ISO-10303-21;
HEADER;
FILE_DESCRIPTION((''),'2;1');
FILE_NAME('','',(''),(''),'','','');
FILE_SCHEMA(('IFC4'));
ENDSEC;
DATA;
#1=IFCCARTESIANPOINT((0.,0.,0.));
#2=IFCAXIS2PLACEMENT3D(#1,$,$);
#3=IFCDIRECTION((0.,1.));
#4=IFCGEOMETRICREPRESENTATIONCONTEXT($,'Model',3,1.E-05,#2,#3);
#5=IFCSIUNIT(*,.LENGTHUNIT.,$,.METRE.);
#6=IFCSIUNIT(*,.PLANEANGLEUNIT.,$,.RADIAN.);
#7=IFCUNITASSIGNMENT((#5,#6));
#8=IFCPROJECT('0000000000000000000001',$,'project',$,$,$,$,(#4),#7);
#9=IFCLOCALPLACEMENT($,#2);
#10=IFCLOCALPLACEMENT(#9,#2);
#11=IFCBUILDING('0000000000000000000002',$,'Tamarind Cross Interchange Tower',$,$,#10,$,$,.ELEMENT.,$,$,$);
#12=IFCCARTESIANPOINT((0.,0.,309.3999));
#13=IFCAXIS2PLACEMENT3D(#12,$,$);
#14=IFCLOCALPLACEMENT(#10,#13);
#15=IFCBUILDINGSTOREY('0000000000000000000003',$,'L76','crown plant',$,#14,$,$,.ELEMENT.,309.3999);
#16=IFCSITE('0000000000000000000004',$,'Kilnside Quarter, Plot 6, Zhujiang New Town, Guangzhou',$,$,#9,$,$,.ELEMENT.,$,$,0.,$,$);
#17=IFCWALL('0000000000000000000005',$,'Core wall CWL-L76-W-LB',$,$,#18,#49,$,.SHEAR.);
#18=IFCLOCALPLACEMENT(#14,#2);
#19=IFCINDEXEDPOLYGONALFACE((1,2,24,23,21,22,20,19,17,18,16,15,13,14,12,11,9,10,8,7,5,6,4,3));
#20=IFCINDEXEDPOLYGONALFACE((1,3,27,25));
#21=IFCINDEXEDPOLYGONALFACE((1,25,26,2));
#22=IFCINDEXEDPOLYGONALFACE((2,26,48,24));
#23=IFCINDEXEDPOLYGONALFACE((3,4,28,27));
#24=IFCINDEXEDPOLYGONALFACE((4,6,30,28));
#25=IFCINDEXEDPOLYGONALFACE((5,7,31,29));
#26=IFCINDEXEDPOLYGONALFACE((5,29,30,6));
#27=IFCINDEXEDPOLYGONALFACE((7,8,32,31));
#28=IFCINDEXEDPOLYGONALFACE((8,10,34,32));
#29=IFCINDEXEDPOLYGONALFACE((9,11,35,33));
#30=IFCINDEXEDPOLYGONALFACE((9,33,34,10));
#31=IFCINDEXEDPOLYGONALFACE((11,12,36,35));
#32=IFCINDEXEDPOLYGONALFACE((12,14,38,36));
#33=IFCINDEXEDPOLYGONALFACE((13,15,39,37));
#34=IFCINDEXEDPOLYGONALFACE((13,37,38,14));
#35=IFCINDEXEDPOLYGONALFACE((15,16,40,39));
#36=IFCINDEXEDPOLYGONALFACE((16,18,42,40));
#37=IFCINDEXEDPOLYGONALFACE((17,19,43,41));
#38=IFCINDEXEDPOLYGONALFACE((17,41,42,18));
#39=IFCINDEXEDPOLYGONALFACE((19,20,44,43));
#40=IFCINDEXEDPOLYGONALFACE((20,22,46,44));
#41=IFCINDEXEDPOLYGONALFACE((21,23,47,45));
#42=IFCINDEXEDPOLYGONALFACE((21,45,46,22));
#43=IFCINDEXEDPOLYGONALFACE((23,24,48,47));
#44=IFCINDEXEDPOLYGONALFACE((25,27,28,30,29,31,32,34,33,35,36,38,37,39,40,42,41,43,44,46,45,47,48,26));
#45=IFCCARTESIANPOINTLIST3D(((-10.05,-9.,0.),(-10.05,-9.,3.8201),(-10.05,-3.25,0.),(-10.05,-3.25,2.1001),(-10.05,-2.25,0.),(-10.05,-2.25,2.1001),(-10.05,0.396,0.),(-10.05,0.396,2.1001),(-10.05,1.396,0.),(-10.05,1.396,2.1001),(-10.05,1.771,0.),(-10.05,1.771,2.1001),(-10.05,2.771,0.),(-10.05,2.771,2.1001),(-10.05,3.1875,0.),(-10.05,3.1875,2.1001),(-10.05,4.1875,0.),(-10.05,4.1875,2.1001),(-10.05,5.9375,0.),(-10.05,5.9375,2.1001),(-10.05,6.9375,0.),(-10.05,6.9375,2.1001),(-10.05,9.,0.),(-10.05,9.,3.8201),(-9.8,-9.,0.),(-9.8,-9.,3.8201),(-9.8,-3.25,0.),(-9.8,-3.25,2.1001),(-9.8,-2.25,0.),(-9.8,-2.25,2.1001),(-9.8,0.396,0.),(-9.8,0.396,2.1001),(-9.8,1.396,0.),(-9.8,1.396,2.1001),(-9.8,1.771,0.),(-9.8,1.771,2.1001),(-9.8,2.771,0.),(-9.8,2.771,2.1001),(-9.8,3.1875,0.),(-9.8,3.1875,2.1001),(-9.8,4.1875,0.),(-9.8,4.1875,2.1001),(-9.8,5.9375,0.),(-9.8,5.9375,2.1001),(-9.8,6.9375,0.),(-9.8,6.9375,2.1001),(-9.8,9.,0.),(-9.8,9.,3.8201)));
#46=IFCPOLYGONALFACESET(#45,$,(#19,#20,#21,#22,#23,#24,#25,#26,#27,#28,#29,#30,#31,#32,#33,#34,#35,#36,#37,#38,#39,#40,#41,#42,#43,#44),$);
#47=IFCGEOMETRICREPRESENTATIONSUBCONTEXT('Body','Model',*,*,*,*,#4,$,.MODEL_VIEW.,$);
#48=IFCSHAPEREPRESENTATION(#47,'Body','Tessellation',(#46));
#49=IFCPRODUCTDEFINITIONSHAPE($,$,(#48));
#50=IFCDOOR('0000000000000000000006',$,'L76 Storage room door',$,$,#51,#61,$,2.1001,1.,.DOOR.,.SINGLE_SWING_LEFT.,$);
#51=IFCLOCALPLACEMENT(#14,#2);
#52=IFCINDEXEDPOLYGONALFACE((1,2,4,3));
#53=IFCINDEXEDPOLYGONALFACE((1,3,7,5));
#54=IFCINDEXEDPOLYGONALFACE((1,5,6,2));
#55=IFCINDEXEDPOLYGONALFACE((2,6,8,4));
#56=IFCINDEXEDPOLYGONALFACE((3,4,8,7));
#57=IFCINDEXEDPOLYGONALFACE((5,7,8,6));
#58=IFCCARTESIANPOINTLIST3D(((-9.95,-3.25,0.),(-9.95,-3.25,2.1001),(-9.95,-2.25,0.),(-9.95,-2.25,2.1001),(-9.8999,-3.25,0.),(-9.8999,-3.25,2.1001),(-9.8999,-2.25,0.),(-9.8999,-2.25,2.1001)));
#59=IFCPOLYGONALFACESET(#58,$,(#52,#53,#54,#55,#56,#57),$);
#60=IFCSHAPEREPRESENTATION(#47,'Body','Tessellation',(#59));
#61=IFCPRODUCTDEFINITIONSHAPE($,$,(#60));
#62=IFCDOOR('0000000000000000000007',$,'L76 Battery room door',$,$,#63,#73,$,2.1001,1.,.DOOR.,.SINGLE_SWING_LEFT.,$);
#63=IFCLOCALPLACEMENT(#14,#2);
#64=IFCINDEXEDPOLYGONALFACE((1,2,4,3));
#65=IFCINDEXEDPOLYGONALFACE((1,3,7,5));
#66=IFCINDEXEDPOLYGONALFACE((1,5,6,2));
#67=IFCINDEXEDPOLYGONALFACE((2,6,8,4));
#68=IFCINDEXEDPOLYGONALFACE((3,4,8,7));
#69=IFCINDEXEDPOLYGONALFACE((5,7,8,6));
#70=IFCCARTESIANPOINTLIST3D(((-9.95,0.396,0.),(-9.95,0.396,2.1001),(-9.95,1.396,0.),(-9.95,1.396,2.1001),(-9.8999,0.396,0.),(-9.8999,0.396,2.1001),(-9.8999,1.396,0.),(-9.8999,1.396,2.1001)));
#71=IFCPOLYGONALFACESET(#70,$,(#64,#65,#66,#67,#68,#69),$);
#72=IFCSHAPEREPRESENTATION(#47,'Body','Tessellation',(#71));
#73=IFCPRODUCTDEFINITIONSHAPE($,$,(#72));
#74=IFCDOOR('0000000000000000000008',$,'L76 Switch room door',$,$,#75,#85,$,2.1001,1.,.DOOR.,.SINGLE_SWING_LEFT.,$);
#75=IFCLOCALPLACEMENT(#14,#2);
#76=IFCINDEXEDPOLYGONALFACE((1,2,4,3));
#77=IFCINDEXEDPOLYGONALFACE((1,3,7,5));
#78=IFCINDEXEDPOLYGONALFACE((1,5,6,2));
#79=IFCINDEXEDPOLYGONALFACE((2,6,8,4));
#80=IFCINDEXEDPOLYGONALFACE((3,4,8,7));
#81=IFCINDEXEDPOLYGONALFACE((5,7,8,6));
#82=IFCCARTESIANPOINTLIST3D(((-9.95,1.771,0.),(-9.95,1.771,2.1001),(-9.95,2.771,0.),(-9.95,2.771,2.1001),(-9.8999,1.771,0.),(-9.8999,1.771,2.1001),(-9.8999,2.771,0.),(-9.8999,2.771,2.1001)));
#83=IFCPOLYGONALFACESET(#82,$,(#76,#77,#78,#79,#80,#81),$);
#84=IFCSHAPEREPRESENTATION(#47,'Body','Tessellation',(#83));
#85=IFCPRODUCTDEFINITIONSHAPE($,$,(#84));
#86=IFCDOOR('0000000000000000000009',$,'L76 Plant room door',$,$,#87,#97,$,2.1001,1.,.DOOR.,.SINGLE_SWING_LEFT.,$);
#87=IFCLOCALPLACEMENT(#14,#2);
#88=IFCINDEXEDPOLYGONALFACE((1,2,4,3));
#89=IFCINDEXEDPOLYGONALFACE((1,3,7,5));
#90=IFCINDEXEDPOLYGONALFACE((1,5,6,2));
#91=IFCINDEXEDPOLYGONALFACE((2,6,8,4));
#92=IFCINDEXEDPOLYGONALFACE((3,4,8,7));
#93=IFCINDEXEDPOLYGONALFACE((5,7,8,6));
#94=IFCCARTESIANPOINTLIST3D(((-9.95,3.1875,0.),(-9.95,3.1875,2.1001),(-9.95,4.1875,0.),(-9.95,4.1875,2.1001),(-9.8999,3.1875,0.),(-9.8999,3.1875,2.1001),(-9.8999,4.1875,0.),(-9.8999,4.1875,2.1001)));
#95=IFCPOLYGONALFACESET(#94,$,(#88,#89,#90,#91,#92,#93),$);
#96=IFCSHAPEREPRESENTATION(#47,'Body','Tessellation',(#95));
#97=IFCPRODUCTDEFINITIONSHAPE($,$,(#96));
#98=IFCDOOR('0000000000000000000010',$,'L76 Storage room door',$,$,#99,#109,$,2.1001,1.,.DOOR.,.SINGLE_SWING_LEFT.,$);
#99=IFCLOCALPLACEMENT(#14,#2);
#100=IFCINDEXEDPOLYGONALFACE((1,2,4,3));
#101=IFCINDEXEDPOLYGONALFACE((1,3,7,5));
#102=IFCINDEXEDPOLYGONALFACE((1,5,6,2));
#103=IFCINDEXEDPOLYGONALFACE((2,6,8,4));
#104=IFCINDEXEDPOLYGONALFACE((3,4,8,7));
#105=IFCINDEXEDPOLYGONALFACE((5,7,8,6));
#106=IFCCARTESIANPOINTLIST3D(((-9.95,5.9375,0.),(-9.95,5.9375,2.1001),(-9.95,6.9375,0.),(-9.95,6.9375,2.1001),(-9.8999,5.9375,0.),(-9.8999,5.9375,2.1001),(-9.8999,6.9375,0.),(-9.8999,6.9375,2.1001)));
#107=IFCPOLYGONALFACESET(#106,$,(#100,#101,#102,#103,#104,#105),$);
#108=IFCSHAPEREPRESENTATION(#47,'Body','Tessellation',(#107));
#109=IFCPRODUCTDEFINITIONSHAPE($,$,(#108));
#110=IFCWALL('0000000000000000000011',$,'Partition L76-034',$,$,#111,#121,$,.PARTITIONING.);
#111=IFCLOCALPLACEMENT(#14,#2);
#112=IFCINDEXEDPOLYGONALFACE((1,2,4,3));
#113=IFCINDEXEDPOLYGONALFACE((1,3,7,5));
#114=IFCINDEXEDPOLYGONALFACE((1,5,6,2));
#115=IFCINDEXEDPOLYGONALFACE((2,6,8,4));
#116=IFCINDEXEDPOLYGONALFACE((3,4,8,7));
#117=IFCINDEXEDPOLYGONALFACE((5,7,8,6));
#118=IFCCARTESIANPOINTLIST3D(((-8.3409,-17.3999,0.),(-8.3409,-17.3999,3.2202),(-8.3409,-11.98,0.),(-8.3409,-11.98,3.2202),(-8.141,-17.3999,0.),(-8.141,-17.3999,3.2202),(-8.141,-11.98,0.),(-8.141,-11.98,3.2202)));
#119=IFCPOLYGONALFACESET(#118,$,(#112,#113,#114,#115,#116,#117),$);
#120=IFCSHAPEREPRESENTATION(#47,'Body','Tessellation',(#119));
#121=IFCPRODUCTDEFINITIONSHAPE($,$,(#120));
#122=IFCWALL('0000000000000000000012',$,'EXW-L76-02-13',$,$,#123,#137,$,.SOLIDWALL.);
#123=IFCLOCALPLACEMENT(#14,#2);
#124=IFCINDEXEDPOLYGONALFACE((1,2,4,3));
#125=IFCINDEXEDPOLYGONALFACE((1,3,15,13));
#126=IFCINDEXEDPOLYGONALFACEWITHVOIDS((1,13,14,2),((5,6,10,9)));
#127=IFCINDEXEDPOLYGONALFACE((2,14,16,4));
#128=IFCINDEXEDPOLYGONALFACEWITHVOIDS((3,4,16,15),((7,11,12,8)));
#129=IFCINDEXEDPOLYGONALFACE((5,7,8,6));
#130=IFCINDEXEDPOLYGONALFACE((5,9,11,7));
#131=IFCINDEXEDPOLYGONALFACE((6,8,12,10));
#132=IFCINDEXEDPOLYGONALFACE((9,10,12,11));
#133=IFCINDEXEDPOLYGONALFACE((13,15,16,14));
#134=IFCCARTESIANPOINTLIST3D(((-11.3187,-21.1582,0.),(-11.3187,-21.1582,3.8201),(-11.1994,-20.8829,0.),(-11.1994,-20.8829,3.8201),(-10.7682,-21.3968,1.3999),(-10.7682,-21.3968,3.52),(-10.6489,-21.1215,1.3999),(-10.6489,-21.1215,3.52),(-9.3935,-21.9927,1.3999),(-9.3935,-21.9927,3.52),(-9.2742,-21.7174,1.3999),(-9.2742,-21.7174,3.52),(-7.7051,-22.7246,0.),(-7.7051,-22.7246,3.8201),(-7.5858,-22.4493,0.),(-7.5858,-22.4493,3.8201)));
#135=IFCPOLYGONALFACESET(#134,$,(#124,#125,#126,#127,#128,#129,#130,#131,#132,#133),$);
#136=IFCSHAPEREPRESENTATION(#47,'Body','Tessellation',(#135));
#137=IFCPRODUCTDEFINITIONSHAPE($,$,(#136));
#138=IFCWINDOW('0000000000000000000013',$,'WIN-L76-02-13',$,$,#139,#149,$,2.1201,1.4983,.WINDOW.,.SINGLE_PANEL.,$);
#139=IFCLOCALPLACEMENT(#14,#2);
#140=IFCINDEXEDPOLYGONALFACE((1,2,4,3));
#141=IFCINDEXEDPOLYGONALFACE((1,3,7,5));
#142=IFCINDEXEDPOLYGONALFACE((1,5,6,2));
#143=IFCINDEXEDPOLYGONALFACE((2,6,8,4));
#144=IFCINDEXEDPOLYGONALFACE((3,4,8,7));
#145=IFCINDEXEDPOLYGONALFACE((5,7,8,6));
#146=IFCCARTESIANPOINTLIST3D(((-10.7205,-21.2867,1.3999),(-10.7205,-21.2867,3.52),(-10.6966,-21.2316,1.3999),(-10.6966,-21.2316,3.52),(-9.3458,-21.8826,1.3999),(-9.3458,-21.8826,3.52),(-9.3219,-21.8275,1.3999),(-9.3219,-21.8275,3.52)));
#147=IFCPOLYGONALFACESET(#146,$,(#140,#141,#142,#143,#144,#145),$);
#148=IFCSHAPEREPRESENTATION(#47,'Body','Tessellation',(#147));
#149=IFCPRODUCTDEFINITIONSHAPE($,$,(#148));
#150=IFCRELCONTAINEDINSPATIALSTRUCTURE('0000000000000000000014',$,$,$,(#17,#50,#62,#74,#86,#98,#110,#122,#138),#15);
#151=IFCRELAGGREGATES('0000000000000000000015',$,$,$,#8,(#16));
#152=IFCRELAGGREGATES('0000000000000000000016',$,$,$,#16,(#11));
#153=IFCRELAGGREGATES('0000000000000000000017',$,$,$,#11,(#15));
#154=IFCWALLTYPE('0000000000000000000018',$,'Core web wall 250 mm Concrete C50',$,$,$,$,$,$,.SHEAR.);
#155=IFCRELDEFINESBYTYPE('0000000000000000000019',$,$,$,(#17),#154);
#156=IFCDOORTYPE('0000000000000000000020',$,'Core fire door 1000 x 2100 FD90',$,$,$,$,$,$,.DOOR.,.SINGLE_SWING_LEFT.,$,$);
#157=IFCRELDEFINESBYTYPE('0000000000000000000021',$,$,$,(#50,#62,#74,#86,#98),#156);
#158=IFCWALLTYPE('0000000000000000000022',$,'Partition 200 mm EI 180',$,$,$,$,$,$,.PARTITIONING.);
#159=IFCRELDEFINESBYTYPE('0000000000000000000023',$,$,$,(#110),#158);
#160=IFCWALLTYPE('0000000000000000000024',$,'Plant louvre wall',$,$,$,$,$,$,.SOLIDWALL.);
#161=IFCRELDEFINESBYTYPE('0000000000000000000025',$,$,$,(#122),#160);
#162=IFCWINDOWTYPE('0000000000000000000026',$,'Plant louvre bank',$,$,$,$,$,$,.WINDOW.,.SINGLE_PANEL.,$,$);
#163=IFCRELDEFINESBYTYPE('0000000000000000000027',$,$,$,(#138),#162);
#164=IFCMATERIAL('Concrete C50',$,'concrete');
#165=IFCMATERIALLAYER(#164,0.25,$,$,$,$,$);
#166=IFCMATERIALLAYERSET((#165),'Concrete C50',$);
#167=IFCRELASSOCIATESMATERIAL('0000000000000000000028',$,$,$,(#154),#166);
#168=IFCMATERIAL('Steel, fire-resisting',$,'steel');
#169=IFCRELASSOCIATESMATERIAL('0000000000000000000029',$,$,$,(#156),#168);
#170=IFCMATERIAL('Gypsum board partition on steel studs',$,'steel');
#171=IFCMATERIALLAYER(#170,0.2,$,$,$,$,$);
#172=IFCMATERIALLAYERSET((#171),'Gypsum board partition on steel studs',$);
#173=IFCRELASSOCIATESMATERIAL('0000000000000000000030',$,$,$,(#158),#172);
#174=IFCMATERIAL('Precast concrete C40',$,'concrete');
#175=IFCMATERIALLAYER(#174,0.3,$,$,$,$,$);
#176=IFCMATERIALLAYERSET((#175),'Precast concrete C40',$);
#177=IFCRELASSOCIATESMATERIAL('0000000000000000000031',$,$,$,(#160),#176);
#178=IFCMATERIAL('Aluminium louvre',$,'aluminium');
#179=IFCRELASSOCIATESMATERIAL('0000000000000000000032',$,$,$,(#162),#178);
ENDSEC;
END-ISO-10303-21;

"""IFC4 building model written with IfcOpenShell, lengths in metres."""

from ifc_helpers import new_model, si_unit, direction, frame, frame_2d, origin, place, context, subcontext, project, spatial, rectangle, extrude, material, layer, layer_set, type_object, element, fill, save


model = new_model("IFC4")

# Units and contexts
model_context = context("Model", 3, precision=1e-05, world=origin(), true_north=direction((0.0, 1.0)))
body_context = subcontext(model_context, "Body", "Model", "MODEL_VIEW")
ifc_project = project(units=[si_unit("LENGTHUNIT", "METRE"), si_unit("PLANEANGLEUNIT", "RADIAN")], contexts=[model_context])

# Site, building, storey
site_placement = place(None, origin())
site = spatial("IfcSite", under=ifc_project, at=site_placement, Name="Kilnside Quarter, Plot 6, Zhujiang New Town, Guangzhou", CompositionType="ELEMENT", RefElevation=0.0)
building_placement = place(site_placement, origin())
building = spatial("IfcBuilding", under=site, at=building_placement, Name="Tamarind Cross Interchange Tower", CompositionType="ELEMENT")
storey_placement = place(building_placement, frame((0.0, 0.0, 309.3999)))
storey = spatial("IfcBuildingStorey", under=building, at=storey_placement, Name="L76", Description="crown plant", CompositionType="ELEMENT", Elevation=309.3999)

# Wall, openings, doors
ifc_material_1 = material(Name="Concrete C50", Category="concrete")
ifc_layer_1 = layer(ifc_material_1, 0.25)
ifc_layer_set_1 = layer_set([ifc_layer_1], Name="Concrete C50")
wall_type_1 = type_object("IfcWallType", Name="Core web wall 250 mm Concrete C50", PredefinedType="SHEAR", material=ifc_layer_set_1)
wall_1_placement = place(storey_placement, frame((-9.925, -9.0, 0.0), z_axis=(0.0, 0.0, 1.0), x_axis=(0.0, 1.0, 0.0)))
wall_1 = element("IfcWall", 1, at=wall_1_placement, inside=storey, type_object=wall_type_1, Name="Core wall CWL-L76-W-LB", PredefinedType="SHEAR", context=body_context, shape_type="SweptSolid", body=[
    extrude(rectangle(XDim=18.0, YDim=0.25, at=frame_2d((9.0, 0.0))), origin(), (0.0, 0.0, 1.0), 3.8201),
])
opening_1_placement = place(wall_1_placement, frame((5.75, 0.0, 0.0)))
opening_1 = element("IfcOpeningElement", 2, at=opening_1_placement, cuts=wall_1, PredefinedType="OPENING", context=body_context, shape_type="SweptSolid", body=[
    extrude(rectangle(XDim=1.0, YDim=2.1001, at=frame_2d((0.5, 1.05))), frame((0.0, 0.135, 0.0), z_axis=(0.0, -1.0, 0.0), x_axis=(1.0, 0.0, 0.0)), (0.0, 0.0, 1.0), 0.27),
])
opening_2_placement = place(wall_1_placement, frame((9.396, 0.0, 0.0)))
opening_2 = element("IfcOpeningElement", 3, at=opening_2_placement, cuts=wall_1, PredefinedType="OPENING", context=body_context, shape_type="SweptSolid", body=[
    extrude(rectangle(XDim=1.0, YDim=2.1001, at=frame_2d((0.5, 1.05))), frame((0.0, 0.135, 0.0), z_axis=(0.0, -1.0, 0.0), x_axis=(1.0, 0.0, 0.0)), (0.0, 0.0, 1.0), 0.27),
])
opening_3_placement = place(wall_1_placement, frame((10.771, 0.0, 0.0)))
opening_3 = element("IfcOpeningElement", 4, at=opening_3_placement, cuts=wall_1, PredefinedType="OPENING", context=body_context, shape_type="SweptSolid", body=[
    extrude(rectangle(XDim=1.0, YDim=2.1001, at=frame_2d((0.5, 1.05))), frame((0.0, 0.135, 0.0), z_axis=(0.0, -1.0, 0.0), x_axis=(1.0, 0.0, 0.0)), (0.0, 0.0, 1.0), 0.27),
])
opening_4_placement = place(wall_1_placement, frame((12.1875, 0.0, 0.0)))
opening_4 = element("IfcOpeningElement", 5, at=opening_4_placement, cuts=wall_1, PredefinedType="OPENING", context=body_context, shape_type="SweptSolid", body=[
    extrude(rectangle(XDim=1.0, YDim=2.1001, at=frame_2d((0.5, 1.05))), frame((0.0, 0.135, 0.0), z_axis=(0.0, -1.0, 0.0), x_axis=(1.0, 0.0, 0.0)), (0.0, 0.0, 1.0), 0.27),
])
opening_5_placement = place(wall_1_placement, frame((14.9375, 0.0, 0.0)))
opening_5 = element("IfcOpeningElement", 6, at=opening_5_placement, cuts=wall_1, PredefinedType="OPENING", context=body_context, shape_type="SweptSolid", body=[
    extrude(rectangle(XDim=1.0, YDim=2.1001, at=frame_2d((0.5, 1.05))), frame((0.0, 0.135, 0.0), z_axis=(0.0, -1.0, 0.0), x_axis=(1.0, 0.0, 0.0)), (0.0, 0.0, 1.0), 0.27),
])
ifc_material_2 = material(Name="Steel, fire-resisting", Category="steel")
door_type = type_object("IfcDoorType", Name="Core fire door 1000 x 2100 FD90", OperationType="SINGLE_SWING_LEFT", PredefinedType="DOOR", material=ifc_material_2)
door_1_placement = place(opening_1_placement, origin())
door_1 = element("IfcDoor", 7, at=door_1_placement, inside=storey, type_object=door_type, Name="L76 Storage room door", OperationType="SINGLE_SWING_LEFT", OverallHeight=2.1001, OverallWidth=1.0, PredefinedType="DOOR", context=body_context, shape_type="SweptSolid", body=[
    extrude(rectangle(XDim=1.0, YDim=2.1001, at=frame_2d((0.5, 1.05))), frame((0.0, 0.0249, 0.0), z_axis=(0.0, -1.0, 0.0), x_axis=(1.0, 0.0, 0.0)), (0.0, 0.0, 1.0), 0.05),
])
fill(opening_1, door_1)
door_2_placement = place(opening_2_placement, origin())
door_2 = element("IfcDoor", 8, at=door_2_placement, inside=storey, type_object=door_type, Name="L76 Battery room door", OperationType="SINGLE_SWING_LEFT", OverallHeight=2.1001, OverallWidth=1.0, PredefinedType="DOOR", context=body_context, shape_type="SweptSolid", body=[
    extrude(rectangle(XDim=1.0, YDim=2.1001, at=frame_2d((0.5, 1.05))), frame((0.0, 0.0249, 0.0), z_axis=(0.0, -1.0, 0.0), x_axis=(1.0, 0.0, 0.0)), (0.0, 0.0, 1.0), 0.05),
])
fill(opening_2, door_2)
door_3_placement = place(opening_3_placement, origin())
door_3 = element("IfcDoor", 9, at=door_3_placement, inside=storey, type_object=door_type, Name="L76 Switch room door", OperationType="SINGLE_SWING_LEFT", OverallHeight=2.1001, OverallWidth=1.0, PredefinedType="DOOR", context=body_context, shape_type="SweptSolid", body=[
    extrude(rectangle(XDim=1.0, YDim=2.1001, at=frame_2d((0.5, 1.05))), frame((0.0, 0.0249, 0.0), z_axis=(0.0, -1.0, 0.0), x_axis=(1.0, 0.0, 0.0)), (0.0, 0.0, 1.0), 0.05),
])
fill(opening_3, door_3)
door_4_placement = place(opening_4_placement, origin())
door_4 = element("IfcDoor", 10, at=door_4_placement, inside=storey, type_object=door_type, Name="L76 Plant room door", OperationType="SINGLE_SWING_LEFT", OverallHeight=2.1001, OverallWidth=1.0, PredefinedType="DOOR", context=body_context, shape_type="SweptSolid", body=[
    extrude(rectangle(XDim=1.0, YDim=2.1001, at=frame_2d((0.5, 1.05))), frame((0.0, 0.0249, 0.0), z_axis=(0.0, -1.0, 0.0), x_axis=(1.0, 0.0, 0.0)), (0.0, 0.0, 1.0), 0.05),
])
fill(opening_4, door_4)
door_5_placement = place(opening_5_placement, origin())
door_5 = element("IfcDoor", 11, at=door_5_placement, inside=storey, type_object=door_type, Name="L76 Storage room door", OperationType="SINGLE_SWING_LEFT", OverallHeight=2.1001, OverallWidth=1.0, PredefinedType="DOOR", context=body_context, shape_type="SweptSolid", body=[
    extrude(rectangle(XDim=1.0, YDim=2.1001, at=frame_2d((0.5, 1.05))), frame((0.0, 0.0249, 0.0), z_axis=(0.0, -1.0, 0.0), x_axis=(1.0, 0.0, 0.0)), (0.0, 0.0, 1.0), 0.05),
])
fill(opening_5, door_5)

# Wall
ifc_material_3 = material(Name="Gypsum board partition on steel studs", Category="steel")
ifc_layer_2 = layer(ifc_material_3, 0.2)
ifc_layer_set_2 = layer_set([ifc_layer_2], Name="Gypsum board partition on steel studs")
wall_type_2 = type_object("IfcWallType", Name="Partition 200 mm EI 180", PredefinedType="PARTITIONING", material=ifc_layer_set_2)
wall_2_placement = place(storey_placement, frame((-8.241, -17.3999, 0.0), z_axis=(0.0, 0.0, 1.0), x_axis=(0.0, 1.0, 0.0)))
element("IfcWall", 12, at=wall_2_placement, inside=storey, type_object=wall_type_2, Name="Partition L76-034", PredefinedType="PARTITIONING", context=body_context, shape_type="SweptSolid", body=[
    extrude(rectangle(XDim=5.4199, YDim=0.2, at=frame_2d((2.71, 0.0))), origin(), (0.0, 0.0, 1.0), 3.2202),
])

# Wall, opening, window
ifc_material_4 = material(Name="Precast concrete C40", Category="concrete")
ifc_layer_3 = layer(ifc_material_4, 0.3)
ifc_layer_set_3 = layer_set([ifc_layer_3], Name="Precast concrete C40")
wall_type_3 = type_object("IfcWallType", Name="Plant louvre wall", PredefinedType="SOLIDWALL", material=ifc_layer_set_3)
wall_3_placement = place(storey_placement, frame((-11.259, -21.0205, 0.0), z_axis=(0.0, 0.0, 1.0), x_axis=(0.917505, -0.397724, 0.0)))
wall_3 = element("IfcWall", 13, at=wall_3_placement, inside=storey, type_object=wall_type_3, Name="EXW-L76-02-13", PredefinedType="SOLIDWALL", context=body_context, shape_type="SweptSolid", body=[
    extrude(rectangle(XDim=3.9385, YDim=0.3, at=frame_2d((1.9692, 0.0))), origin(), (0.0, 0.0, 1.0), 3.8201),
])
opening_6_placement = place(wall_3_placement, frame((0.6001, 0.0, 1.3999)))
opening_6 = element("IfcOpeningElement", 14, at=opening_6_placement, cuts=wall_3, PredefinedType="OPENING", context=body_context, shape_type="SweptSolid", body=[
    extrude(rectangle(XDim=1.4983, YDim=2.1201, at=frame_2d((0.749, 1.0601))), frame((0.0, 0.1599, 0.0), z_axis=(0.0, -1.0, 0.0), x_axis=(1.0, 0.0, 0.0)), (0.0, 0.0, 1.0), 0.3201),
])
ifc_material_5 = material(Name="Aluminium louvre", Category="aluminium")
window_type = type_object("IfcWindowType", Name="Plant louvre bank", PartitioningType="SINGLE_PANEL", PredefinedType="WINDOW", material=ifc_material_5)
window_1_placement = place(opening_6_placement, origin())
window_1 = element("IfcWindow", 15, at=window_1_placement, inside=storey, type_object=window_type, Name="WIN-L76-02-13", OverallHeight=2.1201, OverallWidth=1.4983, PartitioningType="SINGLE_PANEL", PredefinedType="WINDOW", context=body_context, shape_type="SweptSolid", body=[
    extrude(rectangle(XDim=1.4983, YDim=2.1201, at=frame_2d((0.749, 1.0601))), frame((0.0, 0.03, 0.0), z_axis=(0.0, -1.0, 0.0), x_axis=(1.0, 0.0, 0.0)), (0.0, 0.0, 1.0), 0.0601),
])
fill(opening_6, window_1)

save(model, "model.ifc")
